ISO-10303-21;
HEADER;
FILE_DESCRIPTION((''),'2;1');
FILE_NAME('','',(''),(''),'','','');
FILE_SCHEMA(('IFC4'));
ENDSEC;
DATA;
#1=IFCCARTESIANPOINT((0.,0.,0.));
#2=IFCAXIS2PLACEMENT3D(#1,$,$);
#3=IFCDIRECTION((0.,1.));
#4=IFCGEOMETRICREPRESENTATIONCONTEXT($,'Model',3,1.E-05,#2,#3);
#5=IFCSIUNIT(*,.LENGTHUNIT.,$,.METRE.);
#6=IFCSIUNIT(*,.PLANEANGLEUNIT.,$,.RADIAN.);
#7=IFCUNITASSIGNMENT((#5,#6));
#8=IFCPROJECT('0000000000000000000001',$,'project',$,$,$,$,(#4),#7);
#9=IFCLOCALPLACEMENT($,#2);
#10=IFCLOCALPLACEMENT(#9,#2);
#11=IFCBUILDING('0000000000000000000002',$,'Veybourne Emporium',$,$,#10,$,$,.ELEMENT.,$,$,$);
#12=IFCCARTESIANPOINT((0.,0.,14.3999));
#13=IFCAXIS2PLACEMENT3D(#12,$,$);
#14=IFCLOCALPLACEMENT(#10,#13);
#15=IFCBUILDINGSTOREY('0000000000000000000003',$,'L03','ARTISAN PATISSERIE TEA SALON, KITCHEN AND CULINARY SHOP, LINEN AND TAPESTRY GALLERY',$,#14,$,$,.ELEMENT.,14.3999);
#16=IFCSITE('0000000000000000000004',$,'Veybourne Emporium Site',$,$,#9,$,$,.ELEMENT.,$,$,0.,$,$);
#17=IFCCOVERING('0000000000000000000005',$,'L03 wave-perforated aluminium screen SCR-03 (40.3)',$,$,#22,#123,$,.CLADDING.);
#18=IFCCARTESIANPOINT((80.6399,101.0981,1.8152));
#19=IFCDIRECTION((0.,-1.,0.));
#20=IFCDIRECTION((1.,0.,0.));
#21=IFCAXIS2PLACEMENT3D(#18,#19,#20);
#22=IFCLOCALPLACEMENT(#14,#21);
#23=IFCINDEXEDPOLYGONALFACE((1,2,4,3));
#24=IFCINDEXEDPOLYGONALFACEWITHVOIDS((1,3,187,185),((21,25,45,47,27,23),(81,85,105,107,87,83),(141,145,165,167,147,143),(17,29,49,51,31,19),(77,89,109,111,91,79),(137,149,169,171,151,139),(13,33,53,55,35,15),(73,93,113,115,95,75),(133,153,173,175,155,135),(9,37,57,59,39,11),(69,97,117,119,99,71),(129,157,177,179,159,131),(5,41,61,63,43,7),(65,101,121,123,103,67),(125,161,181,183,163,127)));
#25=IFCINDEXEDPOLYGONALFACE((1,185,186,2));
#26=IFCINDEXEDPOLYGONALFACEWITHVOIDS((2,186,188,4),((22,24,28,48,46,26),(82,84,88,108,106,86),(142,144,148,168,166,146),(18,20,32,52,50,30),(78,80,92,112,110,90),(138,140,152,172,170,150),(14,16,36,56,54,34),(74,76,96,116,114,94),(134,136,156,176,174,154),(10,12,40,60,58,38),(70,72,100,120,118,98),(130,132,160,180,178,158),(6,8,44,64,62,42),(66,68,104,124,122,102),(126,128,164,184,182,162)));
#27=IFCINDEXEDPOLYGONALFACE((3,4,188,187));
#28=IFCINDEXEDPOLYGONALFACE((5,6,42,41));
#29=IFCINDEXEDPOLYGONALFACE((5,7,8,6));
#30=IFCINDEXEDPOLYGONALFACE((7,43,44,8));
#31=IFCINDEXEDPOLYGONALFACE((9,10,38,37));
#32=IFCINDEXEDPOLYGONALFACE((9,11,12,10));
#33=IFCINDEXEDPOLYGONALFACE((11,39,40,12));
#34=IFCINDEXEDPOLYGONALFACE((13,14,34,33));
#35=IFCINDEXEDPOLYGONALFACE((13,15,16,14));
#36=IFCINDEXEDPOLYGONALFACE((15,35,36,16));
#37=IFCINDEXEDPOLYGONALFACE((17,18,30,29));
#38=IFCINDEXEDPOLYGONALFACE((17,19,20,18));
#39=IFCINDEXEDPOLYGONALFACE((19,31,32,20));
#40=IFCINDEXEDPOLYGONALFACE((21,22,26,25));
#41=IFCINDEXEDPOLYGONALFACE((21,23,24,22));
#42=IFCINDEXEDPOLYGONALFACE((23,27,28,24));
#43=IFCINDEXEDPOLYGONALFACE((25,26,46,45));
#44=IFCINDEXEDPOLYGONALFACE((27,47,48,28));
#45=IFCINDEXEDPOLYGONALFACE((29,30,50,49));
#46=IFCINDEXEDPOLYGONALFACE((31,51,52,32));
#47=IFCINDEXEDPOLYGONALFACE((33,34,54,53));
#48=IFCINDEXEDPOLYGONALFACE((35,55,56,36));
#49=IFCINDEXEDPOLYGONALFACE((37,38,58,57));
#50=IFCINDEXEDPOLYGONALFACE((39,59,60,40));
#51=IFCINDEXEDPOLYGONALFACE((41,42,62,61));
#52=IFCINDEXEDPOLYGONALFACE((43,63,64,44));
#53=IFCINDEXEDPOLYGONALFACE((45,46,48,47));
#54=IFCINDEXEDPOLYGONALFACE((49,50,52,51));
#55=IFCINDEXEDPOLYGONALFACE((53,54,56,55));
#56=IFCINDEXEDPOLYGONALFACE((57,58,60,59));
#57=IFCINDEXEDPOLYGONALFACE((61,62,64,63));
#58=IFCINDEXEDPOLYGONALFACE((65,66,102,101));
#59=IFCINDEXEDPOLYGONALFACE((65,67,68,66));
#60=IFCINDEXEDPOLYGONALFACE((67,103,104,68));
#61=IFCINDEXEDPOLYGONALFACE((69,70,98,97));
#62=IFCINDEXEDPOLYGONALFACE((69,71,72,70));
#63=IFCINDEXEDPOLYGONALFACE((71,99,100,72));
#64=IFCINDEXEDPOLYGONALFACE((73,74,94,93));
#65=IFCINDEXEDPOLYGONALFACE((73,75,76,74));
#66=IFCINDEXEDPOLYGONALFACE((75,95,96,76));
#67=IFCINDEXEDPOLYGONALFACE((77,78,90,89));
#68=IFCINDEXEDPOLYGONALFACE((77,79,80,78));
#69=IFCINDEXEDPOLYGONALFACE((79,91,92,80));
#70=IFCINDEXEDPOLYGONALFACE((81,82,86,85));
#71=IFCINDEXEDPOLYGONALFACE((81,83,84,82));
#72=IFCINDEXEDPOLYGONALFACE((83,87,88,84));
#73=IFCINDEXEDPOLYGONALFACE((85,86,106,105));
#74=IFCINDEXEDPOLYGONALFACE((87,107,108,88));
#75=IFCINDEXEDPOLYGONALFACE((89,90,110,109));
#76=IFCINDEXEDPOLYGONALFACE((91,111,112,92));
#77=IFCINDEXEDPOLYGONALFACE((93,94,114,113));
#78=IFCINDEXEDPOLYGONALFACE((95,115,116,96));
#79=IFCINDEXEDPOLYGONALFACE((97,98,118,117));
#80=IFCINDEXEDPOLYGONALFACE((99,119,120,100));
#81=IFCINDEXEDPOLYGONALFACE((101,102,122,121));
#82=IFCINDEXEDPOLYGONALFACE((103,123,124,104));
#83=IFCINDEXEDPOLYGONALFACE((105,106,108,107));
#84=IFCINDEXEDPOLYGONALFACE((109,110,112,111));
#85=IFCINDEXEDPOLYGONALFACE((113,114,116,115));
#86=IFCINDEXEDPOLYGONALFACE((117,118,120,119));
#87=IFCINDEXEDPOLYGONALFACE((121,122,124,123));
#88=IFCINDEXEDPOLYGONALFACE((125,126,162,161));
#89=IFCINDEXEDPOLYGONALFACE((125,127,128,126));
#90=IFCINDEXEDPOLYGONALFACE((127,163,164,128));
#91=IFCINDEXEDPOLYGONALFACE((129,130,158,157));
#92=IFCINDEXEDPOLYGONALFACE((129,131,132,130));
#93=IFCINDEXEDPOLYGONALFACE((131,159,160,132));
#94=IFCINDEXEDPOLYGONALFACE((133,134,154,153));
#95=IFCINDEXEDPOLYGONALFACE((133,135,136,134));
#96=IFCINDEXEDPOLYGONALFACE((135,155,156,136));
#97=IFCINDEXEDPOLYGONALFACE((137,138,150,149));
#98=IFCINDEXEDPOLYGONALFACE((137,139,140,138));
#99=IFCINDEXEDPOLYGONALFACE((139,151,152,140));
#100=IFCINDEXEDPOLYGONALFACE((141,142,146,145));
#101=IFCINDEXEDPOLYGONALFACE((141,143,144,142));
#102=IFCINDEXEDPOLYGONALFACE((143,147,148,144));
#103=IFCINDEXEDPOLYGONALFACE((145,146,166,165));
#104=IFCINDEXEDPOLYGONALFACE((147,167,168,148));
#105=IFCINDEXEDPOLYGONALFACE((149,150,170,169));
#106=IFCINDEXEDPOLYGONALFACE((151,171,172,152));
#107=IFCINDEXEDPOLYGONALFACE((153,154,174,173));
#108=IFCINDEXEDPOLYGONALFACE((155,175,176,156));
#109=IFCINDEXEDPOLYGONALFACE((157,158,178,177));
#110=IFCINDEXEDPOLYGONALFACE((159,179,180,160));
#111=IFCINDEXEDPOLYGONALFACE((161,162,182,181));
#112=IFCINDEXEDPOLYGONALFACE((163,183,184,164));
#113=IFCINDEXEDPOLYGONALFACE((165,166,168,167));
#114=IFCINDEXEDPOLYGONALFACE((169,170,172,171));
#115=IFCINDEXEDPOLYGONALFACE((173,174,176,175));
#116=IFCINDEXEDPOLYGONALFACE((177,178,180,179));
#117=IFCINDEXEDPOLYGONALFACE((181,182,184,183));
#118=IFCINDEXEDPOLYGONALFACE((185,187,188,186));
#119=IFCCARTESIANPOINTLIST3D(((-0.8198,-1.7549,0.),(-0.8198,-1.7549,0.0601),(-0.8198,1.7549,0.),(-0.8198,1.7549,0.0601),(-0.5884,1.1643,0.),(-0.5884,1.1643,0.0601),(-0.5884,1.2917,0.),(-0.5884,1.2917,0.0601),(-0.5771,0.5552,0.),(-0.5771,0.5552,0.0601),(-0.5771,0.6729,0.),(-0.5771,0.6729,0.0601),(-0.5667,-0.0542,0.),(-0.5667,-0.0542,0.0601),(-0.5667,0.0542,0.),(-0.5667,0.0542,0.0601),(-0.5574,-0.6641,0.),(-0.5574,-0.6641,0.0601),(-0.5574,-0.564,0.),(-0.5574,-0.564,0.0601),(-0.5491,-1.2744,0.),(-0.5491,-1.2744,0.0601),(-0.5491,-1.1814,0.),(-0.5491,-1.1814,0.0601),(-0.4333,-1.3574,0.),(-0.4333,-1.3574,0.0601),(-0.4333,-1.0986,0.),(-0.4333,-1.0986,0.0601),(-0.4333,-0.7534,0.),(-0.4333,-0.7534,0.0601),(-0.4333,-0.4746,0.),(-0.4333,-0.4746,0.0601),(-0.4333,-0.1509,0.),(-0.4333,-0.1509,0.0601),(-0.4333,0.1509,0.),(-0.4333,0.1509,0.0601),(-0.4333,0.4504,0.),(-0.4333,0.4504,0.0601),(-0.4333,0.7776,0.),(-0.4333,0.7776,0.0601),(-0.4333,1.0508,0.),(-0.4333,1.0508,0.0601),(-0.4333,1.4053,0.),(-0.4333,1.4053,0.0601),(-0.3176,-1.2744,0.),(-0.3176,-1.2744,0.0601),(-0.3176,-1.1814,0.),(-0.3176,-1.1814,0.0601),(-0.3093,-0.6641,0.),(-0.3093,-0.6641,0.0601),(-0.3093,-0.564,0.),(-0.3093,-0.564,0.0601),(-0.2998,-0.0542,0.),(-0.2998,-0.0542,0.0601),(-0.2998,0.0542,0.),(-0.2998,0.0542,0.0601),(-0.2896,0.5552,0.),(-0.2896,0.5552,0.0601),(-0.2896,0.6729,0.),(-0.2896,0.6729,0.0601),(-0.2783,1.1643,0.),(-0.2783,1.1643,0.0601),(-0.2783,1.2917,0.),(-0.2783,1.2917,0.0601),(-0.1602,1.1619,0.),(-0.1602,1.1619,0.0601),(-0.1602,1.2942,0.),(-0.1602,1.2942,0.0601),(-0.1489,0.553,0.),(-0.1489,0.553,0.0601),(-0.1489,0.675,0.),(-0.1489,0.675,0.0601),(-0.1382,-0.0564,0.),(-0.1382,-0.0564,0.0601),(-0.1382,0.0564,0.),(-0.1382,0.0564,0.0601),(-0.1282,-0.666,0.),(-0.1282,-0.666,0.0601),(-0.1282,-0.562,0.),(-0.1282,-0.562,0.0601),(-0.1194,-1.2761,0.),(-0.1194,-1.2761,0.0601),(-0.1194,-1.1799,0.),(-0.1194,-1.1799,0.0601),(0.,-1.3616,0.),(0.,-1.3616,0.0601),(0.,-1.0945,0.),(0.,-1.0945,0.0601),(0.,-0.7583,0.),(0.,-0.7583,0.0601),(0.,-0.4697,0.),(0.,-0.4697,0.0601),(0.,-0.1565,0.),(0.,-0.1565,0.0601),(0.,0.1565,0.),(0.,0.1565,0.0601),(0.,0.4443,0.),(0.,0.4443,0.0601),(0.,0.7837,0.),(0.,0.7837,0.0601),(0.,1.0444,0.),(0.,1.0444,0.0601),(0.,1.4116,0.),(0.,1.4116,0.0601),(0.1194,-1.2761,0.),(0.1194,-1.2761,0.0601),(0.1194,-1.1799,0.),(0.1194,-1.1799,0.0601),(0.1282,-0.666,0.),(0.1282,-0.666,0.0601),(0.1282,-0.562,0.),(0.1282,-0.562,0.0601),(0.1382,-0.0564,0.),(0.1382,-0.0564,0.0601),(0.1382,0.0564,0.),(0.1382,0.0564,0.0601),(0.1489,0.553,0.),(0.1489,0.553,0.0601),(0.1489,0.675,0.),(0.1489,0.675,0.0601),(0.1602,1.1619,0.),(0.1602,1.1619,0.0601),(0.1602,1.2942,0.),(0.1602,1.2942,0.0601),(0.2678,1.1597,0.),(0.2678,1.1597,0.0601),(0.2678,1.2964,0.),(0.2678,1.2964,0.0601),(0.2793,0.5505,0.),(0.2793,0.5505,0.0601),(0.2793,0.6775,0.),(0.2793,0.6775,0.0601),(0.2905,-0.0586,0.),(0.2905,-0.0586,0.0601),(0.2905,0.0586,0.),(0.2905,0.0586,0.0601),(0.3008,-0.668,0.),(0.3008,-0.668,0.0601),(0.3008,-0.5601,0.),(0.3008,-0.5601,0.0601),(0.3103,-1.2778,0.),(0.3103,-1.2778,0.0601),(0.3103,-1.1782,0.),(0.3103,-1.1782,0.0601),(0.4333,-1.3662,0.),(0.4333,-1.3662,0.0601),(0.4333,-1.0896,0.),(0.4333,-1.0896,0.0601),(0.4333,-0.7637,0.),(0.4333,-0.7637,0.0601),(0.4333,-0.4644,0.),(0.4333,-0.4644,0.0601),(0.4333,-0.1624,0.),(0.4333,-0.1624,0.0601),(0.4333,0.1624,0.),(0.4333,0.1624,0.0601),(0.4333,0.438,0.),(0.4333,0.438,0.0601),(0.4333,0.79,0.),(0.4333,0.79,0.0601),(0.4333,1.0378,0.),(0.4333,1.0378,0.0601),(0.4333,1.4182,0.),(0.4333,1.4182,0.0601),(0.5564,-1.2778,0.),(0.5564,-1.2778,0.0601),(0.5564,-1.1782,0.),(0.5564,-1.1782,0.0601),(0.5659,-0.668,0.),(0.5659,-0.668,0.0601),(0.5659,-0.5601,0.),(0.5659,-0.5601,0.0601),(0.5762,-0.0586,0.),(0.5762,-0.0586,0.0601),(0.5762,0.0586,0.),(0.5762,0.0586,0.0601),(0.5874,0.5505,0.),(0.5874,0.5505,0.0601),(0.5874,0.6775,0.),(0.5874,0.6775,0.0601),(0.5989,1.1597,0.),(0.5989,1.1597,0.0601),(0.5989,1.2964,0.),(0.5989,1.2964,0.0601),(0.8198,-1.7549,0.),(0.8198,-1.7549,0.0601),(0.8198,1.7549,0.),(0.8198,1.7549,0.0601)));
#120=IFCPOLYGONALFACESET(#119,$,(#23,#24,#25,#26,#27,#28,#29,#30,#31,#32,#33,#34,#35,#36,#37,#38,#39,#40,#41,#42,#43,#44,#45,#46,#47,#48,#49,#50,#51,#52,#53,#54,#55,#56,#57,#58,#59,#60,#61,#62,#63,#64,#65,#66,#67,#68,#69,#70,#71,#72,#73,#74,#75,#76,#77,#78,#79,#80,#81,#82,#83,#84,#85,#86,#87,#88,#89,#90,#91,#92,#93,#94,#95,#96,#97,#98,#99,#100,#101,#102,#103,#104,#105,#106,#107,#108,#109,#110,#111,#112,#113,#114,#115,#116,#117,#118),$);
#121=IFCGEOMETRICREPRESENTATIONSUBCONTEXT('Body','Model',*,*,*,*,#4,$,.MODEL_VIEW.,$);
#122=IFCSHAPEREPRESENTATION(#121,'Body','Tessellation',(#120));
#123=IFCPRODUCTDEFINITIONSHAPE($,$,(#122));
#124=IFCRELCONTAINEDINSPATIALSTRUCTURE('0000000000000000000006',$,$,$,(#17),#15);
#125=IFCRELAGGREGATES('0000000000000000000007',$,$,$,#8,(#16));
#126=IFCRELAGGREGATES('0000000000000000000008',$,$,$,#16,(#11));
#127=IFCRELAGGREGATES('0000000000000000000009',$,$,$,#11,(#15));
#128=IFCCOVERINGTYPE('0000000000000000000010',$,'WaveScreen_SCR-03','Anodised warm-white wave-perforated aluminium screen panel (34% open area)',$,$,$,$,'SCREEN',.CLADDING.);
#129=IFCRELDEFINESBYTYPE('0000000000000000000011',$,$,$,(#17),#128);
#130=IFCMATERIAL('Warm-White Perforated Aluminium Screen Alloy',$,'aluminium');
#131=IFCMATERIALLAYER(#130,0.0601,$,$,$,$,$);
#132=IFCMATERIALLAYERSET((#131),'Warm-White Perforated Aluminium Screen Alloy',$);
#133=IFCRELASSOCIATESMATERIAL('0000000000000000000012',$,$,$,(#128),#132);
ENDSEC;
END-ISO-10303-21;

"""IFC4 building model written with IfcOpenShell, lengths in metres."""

from ifc_helpers import new_model, si_unit, direction, frame, origin, place, context, subcontext, project, spatial, polyline, outline, extrude, material, layer, layer_set, type_object, element, save


model = new_model("IFC4")

# Units and contexts
model_context = context("Model", 3, precision=1e-05, world=origin(), true_north=direction((0.0, 1.0)))
body_context = subcontext(model_context, "Body", "Model", "MODEL_VIEW")
ifc_project = project(units=[si_unit("LENGTHUNIT", "METRE"), si_unit("PLANEANGLEUNIT", "RADIAN")], contexts=[model_context])

# Site, building, storey
site_placement = place(None, origin())
site = spatial("IfcSite", under=ifc_project, at=site_placement, Name="Veybourne Emporium Site", CompositionType="ELEMENT", RefElevation=0.0)
building_placement = place(site_placement, origin())
building = spatial("IfcBuilding", under=site, at=building_placement, Name="Veybourne Emporium", CompositionType="ELEMENT")
storey_placement = place(building_placement, frame((0.0, 0.0, 14.3999)))
storey = spatial("IfcBuildingStorey", under=building, at=storey_placement, Name="L03", Description="ARTISAN PATISSERIE TEA SALON, KITCHEN AND CULINARY SHOP, LINEN AND TAPESTRY GALLERY", CompositionType="ELEMENT", Elevation=14.3999)

# Covering
ifc_material_1 = material(Name="Warm-White Perforated Aluminium Screen Alloy", Category="aluminium")
ifc_layer_1 = layer(ifc_material_1, 0.0601)
ifc_layer_set_1 = layer_set([ifc_layer_1], Name="Warm-White Perforated Aluminium Screen Alloy")
covering_type_1 = type_object("IfcCoveringType", Name="WaveScreen_SCR-03", Description="Anodised warm-white wave-perforated aluminium screen panel (34% open area)", ElementType="SCREEN", PredefinedType="CLADDING", material=ifc_layer_set_1)
covering_1_placement = place(storey_placement, frame((80.6399, 101.0981, 1.8152), z_axis=(0.0, -1.0, 0.0), x_axis=(1.0, 0.0, 0.0)))
element("IfcCovering", 1, at=covering_1_placement, inside=storey, type_object=covering_type_1, Name="L03 wave-perforated aluminium screen SCR-03 (40.3)", PredefinedType="CLADDING", context=body_context, shape_type="SweptSolid", body=[
    extrude(outline(polyline([(-0.8198, -1.7549), (0.8198, -1.7549), (0.8198, 1.7549), (-0.8198, 1.7549), (-0.8198, -1.7549)]), holes=[polyline([(-0.4333, -1.0986), (-0.3176, -1.1814), (-0.3176, -1.2744), (-0.4333, -1.3574), (-0.5491, -1.2744), (-0.5491, -1.1814), (-0.4333, -1.0986)]), polyline([(-0.4333, -0.4746), (-0.3093, -0.564), (-0.3093, -0.6641), (-0.4333, -0.7534), (-0.5574, -0.6641), (-0.5574, -0.564), (-0.4333, -0.4746)]), polyline([(-0.4333, 0.1509), (-0.2998, 0.0542), (-0.2998, -0.0542), (-0.4333, -0.1509), (-0.5667, -0.0542), (-0.5667, 0.0542), (-0.4333, 0.1509)]), polyline([(-0.4333, 0.7776), (-0.2896, 0.6729), (-0.2896, 0.5552), (-0.4333, 0.4504), (-0.5771, 0.5552), (-0.5771, 0.6729), (-0.4333, 0.7776)]), polyline([(-0.4333, 1.4053), (-0.2783, 1.2917), (-0.2783, 1.1643), (-0.4333, 1.0508), (-0.5884, 1.1643), (-0.5884, 1.2917), (-0.4333, 1.4053)]), polyline([(0.0, -1.0945), (0.1194, -1.1799), (0.1194, -1.2761), (0.0, -1.3616), (-0.1194, -1.2761), (-0.1194, -1.1799), (0.0, -1.0945)]), polyline([(0.0, -0.4697), (0.1282, -0.562), (0.1282, -0.666), (0.0, -0.7583), (-0.1282, -0.666), (-0.1282, -0.562), (0.0, -0.4697)]), polyline([(0.0, 0.1565), (0.1382, 0.0564), (0.1382, -0.0564), (0.0, -0.1565), (-0.1382, -0.0564), (-0.1382, 0.0564), (0.0, 0.1565)]), polyline([(0.0, 0.7837), (0.1489, 0.675), (0.1489, 0.553), (0.0, 0.4443), (-0.1489, 0.553), (-0.1489, 0.675), (0.0, 0.7837)]), polyline([(0.0, 1.4116), (0.1602, 1.2942), (0.1602, 1.1619), (0.0, 1.0444), (-0.1602, 1.1619), (-0.1602, 1.2942), (0.0, 1.4116)]), polyline([(0.4333, -1.0896), (0.5564, -1.1782), (0.5564, -1.2778), (0.4333, -1.3662), (0.3103, -1.2778), (0.3103, -1.1782), (0.4333, -1.0896)]), polyline([(0.4333, -0.4644), (0.5659, -0.5601), (0.5659, -0.668), (0.4333, -0.7637), (0.3008, -0.668), (0.3008, -0.5601), (0.4333, -0.4644)]), polyline([(0.4333, 0.1624), (0.5762, 0.0586), (0.5762, -0.0586), (0.4333, -0.1624), (0.2905, -0.0586), (0.2905, 0.0586), (0.4333, 0.1624)]), polyline([(0.4333, 0.79), (0.5874, 0.6775), (0.5874, 0.5505), (0.4333, 0.438), (0.2793, 0.5505), (0.2793, 0.6775), (0.4333, 0.79)]), polyline([(0.4333, 1.4182), (0.5989, 1.2964), (0.5989, 1.1597), (0.4333, 1.0378), (0.2678, 1.1597), (0.2678, 1.2964), (0.4333, 1.4182)])]), origin(), (0.0, 0.0, 1.0), 0.0601),
])

save(model, "model.ifc")
